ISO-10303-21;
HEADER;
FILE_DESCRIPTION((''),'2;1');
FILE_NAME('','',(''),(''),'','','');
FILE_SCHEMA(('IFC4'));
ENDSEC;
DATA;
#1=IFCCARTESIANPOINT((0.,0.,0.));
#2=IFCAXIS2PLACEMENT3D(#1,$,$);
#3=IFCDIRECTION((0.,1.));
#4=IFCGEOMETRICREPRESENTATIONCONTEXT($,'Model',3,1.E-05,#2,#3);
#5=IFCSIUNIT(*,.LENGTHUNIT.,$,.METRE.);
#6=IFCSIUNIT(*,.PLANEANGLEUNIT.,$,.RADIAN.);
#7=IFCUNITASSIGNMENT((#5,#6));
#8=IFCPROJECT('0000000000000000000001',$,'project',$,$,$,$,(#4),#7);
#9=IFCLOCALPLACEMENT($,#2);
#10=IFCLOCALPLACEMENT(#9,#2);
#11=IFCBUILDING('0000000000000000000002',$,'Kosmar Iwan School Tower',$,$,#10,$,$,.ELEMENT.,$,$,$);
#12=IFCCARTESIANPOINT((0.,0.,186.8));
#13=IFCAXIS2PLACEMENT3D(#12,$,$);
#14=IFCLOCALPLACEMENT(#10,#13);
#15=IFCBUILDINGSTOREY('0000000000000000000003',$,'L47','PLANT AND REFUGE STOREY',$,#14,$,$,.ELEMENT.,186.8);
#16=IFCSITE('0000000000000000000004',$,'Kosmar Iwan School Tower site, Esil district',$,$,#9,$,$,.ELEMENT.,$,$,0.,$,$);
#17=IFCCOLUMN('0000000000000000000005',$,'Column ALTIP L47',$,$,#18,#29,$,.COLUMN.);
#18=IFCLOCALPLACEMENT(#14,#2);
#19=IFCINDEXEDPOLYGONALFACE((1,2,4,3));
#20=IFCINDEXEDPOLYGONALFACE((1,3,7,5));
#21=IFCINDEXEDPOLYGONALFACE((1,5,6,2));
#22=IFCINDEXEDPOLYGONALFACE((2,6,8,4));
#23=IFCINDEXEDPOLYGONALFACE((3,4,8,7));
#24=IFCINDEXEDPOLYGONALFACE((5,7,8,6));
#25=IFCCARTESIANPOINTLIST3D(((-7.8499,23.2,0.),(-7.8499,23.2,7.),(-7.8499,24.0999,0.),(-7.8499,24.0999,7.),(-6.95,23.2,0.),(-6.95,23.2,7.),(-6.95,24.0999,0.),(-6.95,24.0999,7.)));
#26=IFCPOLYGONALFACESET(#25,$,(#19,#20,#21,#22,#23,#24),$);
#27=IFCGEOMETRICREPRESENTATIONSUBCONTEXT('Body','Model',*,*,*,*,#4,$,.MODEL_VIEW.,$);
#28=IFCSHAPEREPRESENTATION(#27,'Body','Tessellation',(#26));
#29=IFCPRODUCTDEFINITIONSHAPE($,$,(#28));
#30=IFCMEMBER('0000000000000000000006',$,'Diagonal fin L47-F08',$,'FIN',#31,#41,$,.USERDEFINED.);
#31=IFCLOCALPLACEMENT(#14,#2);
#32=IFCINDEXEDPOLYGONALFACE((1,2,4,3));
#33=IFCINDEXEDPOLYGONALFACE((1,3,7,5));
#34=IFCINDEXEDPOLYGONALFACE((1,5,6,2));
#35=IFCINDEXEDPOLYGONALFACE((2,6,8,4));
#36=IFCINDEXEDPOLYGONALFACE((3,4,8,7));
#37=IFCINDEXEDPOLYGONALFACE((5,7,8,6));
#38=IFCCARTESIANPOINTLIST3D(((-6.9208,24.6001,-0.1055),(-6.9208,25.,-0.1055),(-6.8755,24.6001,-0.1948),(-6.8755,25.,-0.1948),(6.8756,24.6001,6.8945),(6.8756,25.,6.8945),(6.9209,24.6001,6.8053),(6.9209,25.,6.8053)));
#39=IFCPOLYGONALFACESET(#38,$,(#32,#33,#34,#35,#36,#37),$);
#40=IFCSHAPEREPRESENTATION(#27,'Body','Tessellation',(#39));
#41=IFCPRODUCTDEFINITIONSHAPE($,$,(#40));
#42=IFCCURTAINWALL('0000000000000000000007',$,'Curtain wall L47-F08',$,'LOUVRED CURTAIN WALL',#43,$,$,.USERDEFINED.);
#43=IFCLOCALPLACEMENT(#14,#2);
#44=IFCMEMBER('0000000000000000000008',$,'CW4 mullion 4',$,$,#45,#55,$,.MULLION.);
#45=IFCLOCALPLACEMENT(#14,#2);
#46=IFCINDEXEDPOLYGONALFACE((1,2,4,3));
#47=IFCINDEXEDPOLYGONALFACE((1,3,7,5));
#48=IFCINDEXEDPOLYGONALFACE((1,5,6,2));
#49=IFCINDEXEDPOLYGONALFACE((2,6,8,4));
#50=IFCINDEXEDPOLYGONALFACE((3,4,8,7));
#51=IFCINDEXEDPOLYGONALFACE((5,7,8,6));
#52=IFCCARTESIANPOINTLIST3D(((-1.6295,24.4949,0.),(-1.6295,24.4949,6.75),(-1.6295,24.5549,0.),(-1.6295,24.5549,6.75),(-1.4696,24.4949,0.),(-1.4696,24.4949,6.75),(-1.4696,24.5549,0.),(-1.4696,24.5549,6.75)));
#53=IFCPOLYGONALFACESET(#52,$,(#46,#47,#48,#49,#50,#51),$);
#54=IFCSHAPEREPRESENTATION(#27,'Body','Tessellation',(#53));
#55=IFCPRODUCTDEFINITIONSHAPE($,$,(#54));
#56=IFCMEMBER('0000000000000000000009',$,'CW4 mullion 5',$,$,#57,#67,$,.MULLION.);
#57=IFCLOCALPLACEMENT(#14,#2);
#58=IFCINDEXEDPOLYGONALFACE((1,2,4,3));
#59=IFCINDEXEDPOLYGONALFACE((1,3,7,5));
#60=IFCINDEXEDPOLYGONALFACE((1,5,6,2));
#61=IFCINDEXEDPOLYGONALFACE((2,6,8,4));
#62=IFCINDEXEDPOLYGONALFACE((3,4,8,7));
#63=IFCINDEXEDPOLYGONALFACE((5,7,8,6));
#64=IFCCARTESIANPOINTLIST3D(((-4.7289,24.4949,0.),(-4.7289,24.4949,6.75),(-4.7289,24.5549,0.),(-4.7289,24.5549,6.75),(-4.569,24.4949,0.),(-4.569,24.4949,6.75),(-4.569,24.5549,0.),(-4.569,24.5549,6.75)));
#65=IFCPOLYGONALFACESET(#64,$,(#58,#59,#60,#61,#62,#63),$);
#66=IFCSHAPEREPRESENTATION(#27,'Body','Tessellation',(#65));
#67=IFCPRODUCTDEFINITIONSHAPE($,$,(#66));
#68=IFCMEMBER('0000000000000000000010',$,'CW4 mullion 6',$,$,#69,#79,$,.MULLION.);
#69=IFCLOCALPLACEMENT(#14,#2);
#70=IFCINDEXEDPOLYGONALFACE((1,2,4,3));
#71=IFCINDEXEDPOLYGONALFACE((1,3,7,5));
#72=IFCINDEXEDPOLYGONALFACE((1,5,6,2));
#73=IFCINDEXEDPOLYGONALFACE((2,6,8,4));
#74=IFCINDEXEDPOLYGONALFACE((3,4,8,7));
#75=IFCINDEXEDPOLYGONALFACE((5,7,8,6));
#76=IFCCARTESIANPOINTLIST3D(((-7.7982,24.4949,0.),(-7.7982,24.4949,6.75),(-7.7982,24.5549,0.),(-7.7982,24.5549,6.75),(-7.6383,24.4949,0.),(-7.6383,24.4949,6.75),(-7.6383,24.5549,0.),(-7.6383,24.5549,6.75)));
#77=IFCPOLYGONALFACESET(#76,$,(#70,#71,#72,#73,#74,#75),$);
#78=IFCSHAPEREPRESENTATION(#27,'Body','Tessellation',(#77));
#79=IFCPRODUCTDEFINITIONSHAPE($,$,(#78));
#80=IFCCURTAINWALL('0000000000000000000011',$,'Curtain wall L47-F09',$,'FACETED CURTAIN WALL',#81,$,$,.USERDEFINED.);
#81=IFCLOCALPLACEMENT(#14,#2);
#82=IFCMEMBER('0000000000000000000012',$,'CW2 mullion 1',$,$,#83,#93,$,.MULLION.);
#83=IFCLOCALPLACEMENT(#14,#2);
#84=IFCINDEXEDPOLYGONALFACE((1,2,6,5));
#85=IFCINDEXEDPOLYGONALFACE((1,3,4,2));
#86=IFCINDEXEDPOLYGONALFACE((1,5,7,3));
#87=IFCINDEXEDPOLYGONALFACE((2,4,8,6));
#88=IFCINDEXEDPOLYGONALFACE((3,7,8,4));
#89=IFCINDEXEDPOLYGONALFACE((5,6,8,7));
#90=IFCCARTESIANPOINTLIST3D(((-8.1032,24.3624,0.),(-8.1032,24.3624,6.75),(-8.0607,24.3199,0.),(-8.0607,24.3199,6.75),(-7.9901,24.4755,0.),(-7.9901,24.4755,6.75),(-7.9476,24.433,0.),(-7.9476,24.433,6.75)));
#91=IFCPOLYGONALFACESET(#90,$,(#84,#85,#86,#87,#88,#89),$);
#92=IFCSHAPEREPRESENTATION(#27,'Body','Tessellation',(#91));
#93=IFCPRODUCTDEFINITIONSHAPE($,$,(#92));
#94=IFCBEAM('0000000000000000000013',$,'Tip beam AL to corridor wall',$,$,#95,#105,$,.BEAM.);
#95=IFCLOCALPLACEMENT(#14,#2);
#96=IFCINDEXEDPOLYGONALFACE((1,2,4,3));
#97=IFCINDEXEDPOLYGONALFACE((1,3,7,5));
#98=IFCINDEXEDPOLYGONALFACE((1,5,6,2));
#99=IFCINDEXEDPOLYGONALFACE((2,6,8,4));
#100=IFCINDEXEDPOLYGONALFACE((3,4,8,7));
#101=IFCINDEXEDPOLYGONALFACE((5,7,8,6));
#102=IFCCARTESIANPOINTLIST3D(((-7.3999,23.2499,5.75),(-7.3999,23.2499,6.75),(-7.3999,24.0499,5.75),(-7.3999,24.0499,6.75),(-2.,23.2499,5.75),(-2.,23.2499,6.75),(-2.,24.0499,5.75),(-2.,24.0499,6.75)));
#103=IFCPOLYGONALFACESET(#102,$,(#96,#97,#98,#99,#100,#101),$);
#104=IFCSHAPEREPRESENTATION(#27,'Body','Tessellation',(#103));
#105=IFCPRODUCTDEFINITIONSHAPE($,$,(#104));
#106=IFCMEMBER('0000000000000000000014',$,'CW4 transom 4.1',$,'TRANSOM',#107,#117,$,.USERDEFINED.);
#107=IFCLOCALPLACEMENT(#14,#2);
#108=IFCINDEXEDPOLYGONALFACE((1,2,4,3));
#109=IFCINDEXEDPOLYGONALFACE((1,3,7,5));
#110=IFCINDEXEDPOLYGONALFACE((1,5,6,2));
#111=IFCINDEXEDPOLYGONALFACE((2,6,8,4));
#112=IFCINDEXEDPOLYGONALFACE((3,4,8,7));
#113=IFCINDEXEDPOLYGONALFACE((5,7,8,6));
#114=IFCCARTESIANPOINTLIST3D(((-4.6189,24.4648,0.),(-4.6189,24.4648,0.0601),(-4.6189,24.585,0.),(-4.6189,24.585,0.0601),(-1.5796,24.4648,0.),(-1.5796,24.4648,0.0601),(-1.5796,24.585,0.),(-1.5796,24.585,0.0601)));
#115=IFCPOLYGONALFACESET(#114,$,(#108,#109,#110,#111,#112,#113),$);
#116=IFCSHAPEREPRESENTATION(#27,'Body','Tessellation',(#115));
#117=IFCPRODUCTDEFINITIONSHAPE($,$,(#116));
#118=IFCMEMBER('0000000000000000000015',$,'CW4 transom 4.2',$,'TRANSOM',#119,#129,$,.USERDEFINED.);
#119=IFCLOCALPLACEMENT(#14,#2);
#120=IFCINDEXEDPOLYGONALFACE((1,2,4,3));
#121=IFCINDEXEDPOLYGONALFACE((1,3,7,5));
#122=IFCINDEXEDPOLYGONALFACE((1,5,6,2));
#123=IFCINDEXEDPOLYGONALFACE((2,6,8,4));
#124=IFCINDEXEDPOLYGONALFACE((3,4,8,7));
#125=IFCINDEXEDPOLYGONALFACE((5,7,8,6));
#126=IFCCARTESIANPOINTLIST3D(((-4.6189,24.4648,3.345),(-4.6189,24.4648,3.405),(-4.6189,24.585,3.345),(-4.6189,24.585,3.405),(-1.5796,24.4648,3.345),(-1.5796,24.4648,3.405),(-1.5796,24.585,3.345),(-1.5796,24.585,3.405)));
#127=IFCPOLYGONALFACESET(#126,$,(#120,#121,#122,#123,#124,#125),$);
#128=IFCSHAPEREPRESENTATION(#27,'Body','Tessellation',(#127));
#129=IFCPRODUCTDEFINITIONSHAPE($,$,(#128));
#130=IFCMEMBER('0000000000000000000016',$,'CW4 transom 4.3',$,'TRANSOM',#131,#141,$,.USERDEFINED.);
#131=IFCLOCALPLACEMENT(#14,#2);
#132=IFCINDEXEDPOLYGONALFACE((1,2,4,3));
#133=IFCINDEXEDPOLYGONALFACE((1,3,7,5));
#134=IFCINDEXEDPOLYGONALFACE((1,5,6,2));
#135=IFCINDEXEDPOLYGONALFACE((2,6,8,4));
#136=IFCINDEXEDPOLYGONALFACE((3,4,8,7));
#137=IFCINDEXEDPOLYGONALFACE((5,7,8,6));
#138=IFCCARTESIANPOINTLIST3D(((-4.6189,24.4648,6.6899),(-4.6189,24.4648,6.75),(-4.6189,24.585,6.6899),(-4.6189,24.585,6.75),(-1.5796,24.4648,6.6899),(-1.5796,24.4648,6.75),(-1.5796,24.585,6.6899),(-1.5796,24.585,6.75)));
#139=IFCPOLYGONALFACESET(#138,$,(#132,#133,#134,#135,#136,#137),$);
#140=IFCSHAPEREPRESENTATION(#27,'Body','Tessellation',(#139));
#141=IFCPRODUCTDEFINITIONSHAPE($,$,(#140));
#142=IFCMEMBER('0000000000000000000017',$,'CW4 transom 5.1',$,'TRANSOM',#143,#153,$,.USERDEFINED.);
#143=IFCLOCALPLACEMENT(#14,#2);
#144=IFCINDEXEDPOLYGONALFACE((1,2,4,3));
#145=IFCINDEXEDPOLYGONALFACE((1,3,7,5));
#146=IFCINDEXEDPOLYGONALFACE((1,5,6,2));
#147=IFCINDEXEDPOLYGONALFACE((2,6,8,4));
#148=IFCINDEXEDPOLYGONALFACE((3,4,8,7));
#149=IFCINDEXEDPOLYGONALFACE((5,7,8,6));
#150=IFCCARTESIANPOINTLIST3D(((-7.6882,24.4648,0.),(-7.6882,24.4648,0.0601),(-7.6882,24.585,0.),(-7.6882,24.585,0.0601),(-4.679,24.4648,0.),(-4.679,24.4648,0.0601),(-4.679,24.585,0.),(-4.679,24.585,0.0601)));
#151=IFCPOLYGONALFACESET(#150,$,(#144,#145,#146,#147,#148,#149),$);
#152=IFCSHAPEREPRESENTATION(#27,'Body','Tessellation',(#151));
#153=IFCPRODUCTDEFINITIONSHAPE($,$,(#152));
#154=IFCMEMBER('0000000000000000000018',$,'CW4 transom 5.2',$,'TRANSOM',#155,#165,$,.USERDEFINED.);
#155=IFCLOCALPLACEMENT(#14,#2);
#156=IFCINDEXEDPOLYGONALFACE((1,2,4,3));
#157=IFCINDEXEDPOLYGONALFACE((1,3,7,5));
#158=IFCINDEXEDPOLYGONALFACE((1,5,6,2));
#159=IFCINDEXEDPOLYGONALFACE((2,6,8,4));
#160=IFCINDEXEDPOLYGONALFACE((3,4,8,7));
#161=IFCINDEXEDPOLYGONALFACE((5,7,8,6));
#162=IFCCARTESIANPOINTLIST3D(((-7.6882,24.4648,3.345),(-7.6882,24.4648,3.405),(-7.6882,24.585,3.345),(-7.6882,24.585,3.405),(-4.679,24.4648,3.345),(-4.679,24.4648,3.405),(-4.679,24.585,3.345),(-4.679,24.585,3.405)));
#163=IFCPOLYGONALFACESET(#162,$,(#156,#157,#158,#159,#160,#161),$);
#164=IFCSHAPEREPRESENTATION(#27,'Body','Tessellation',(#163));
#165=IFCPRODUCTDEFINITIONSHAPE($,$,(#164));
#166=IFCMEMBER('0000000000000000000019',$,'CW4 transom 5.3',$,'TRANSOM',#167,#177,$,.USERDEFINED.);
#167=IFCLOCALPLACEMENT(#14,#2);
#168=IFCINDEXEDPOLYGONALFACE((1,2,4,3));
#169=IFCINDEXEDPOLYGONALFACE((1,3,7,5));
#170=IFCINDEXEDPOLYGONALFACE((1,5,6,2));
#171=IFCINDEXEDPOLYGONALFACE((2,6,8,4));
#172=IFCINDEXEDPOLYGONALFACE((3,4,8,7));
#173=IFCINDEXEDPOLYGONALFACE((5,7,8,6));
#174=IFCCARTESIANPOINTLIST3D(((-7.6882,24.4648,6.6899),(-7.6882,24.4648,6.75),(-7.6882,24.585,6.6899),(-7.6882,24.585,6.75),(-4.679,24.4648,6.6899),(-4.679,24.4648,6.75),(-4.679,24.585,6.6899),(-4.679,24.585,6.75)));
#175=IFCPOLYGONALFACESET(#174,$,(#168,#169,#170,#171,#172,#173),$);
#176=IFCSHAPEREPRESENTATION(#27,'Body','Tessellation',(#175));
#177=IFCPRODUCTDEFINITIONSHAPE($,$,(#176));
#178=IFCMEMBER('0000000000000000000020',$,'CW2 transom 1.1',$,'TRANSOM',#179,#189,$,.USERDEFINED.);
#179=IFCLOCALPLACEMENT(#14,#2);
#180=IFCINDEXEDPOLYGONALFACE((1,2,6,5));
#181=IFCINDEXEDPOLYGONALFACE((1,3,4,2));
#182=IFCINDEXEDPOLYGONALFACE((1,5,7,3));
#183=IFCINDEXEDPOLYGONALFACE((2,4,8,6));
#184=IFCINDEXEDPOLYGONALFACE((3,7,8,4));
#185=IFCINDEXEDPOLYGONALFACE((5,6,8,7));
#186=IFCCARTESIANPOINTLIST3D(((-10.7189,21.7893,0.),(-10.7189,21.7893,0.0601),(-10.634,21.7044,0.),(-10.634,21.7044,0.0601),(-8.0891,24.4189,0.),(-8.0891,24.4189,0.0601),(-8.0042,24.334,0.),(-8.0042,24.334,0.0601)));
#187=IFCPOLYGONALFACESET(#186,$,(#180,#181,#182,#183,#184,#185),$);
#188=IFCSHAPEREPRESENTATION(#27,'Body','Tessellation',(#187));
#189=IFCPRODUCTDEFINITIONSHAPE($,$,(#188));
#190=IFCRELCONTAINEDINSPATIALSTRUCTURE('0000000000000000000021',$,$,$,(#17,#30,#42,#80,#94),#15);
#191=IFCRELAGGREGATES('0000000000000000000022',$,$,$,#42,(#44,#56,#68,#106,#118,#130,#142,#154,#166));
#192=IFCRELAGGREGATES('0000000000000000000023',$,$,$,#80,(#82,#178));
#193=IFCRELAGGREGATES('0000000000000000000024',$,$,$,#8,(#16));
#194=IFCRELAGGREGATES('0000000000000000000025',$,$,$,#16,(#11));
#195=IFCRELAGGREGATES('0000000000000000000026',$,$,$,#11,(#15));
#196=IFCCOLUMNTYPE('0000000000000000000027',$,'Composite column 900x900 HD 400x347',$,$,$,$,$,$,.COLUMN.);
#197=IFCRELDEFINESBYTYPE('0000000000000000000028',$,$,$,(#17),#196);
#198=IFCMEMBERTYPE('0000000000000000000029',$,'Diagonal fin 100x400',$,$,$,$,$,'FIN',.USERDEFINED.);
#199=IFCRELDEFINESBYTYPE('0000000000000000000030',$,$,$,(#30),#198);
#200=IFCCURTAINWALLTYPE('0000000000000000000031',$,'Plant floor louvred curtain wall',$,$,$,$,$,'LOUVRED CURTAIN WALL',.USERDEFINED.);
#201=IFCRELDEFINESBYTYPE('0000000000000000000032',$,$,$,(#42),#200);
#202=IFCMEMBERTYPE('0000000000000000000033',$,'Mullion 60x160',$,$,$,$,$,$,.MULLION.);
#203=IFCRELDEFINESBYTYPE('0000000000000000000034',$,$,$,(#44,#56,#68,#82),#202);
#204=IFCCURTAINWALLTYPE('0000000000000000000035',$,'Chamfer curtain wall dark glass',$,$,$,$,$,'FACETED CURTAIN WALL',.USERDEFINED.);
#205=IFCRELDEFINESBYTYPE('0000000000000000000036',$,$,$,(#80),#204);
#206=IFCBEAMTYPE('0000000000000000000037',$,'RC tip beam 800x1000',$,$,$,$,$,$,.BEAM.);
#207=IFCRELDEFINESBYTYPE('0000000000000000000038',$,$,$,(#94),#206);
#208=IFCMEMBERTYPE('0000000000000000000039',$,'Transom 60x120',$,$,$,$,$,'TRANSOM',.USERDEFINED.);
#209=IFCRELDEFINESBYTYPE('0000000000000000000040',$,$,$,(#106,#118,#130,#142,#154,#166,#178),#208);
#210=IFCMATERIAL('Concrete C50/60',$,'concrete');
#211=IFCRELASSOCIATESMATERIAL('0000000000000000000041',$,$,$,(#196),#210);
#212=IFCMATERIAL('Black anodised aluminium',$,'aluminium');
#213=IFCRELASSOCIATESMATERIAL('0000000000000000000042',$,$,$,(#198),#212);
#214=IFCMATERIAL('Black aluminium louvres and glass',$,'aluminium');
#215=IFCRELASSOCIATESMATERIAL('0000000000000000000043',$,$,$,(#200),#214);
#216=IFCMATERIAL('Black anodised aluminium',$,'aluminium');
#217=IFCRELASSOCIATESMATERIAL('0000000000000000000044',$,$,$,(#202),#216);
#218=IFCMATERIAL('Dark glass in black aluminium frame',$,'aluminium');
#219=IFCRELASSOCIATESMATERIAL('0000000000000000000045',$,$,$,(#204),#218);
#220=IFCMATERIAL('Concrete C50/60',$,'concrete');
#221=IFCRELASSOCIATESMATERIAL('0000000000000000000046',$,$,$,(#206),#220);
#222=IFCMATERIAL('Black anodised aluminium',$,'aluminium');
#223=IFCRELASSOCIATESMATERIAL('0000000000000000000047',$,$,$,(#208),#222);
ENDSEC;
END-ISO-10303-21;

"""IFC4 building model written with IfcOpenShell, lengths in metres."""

from ifc_helpers import new_model, si_unit, direction, frame, origin, origin_2d, place, context, subcontext, project, spatial, rectangle, extrude, material, material_profile, profile_set, type_object, element, aggregate, save


model = new_model("IFC4")

# Units and contexts
model_context = context("Model", 3, precision=1e-05, world=origin(), true_north=direction((0.0, 1.0)))
body_context = subcontext(model_context, "Body", "Model", "MODEL_VIEW")
ifc_project = project(units=[si_unit("LENGTHUNIT", "METRE"), si_unit("PLANEANGLEUNIT", "RADIAN")], contexts=[model_context])

# Site, building, storey
site_placement = place(None, origin())
site = spatial("IfcSite", under=ifc_project, at=site_placement, Name="Kosmar Iwan School Tower site, Esil district", CompositionType="ELEMENT", RefElevation=0.0)
building_placement = place(site_placement, origin())
building = spatial("IfcBuilding", under=site, at=building_placement, Name="Kosmar Iwan School Tower", CompositionType="ELEMENT")
storey_placement = place(building_placement, frame((0.0, 0.0, 186.8)))
storey = spatial("IfcBuildingStorey", under=building, at=storey_placement, Name="L47", Description="PLANT AND REFUGE STOREY", CompositionType="ELEMENT", Elevation=186.8)

# Column
ifc_material_1 = material(Name="Concrete C50/60", Category="concrete")
ifc_material_profile_1 = material_profile(ifc_material_1, rectangle(XDim=0.8999, YDim=0.8999, at=origin_2d()), Name="RC 900x900 + HD 400x347")
ifc_profile_set_1 = profile_set([ifc_material_profile_1], Name="Concrete C50/60")
column_type = type_object("IfcColumnType", Name="Composite column 900x900 HD 400x347", PredefinedType="COLUMN", material=ifc_profile_set_1)
column_placement = place(storey_placement, frame((-7.3999, 23.6499, 0.0), z_axis=(0.0, 0.0, 1.0), x_axis=(0.0, 1.0, 0.0)))
element("IfcColumn", 1, at=column_placement, inside=storey, type_object=column_type, Name="Column ALTIP L47", PredefinedType="COLUMN", context=body_context, shape_type="SweptSolid", body=[
    extrude(rectangle(XDim=0.8999, YDim=0.8999, at=origin_2d()), origin(), (0.0, 0.0, 1.0), 7.0),
])

# Member
ifc_material_2 = material(Name="Black anodised aluminium", Category="aluminium")
ifc_material_profile_2 = material_profile(ifc_material_2, rectangle(XDim=0.1001, YDim=0.3999, at=origin_2d()), Name="FIN 100x400")
ifc_profile_set_2 = profile_set([ifc_material_profile_2], Name="Black anodised aluminium")
member_type_1 = type_object("IfcMemberType", Name="Diagonal fin 100x400", ElementType="FIN", PredefinedType="USERDEFINED", material=ifc_profile_set_2)
member_1_placement = place(storey_placement, frame((-6.8982, 24.8, -0.1501), z_axis=(0.891779, 0.0, 0.45247), x_axis=(-0.45247, 0.0, 0.891779)))
element("IfcMember", 2, at=member_1_placement, inside=storey, type_object=member_type_1, Name="Diagonal fin L47-F08", ObjectType="FIN", PredefinedType="USERDEFINED", context=body_context, shape_type="SweptSolid", body=[
    extrude(rectangle(XDim=0.1001, YDim=0.3999, at=origin_2d()), origin(), (0.0, 0.0, 1.0), 15.4707),
])

# Curtain wall, members
ifc_material_3 = material(Name="Black aluminium louvres and glass", Category="aluminium")
curtain_wall_type_1 = type_object("IfcCurtainWallType", Name="Plant floor louvred curtain wall", ElementType="LOUVRED CURTAIN WALL", PredefinedType="USERDEFINED", material=ifc_material_3)
curtain_wall_1_placement = place(storey_placement, origin())
curtain_wall_1 = element("IfcCurtainWall", 3, at=curtain_wall_1_placement, inside=storey, type_object=curtain_wall_type_1, Name="Curtain wall L47-F08", ObjectType="LOUVRED CURTAIN WALL", PredefinedType="USERDEFINED")
ifc_material_4 = material(Name="Black anodised aluminium", Category="aluminium")
ifc_material_profile_3 = material_profile(ifc_material_4, rectangle(XDim=0.0601, YDim=0.1599, at=origin_2d()), Name="MULLION 60x160")
ifc_profile_set_3 = profile_set([ifc_material_profile_3], Name="Black anodised aluminium")
member_type_2 = type_object("IfcMemberType", Name="Mullion 60x160", PredefinedType="MULLION", material=ifc_profile_set_3)
member_2_placement = place(storey_placement, frame((-1.5496, 24.5249, 0.0), z_axis=(0.0, 0.0, 1.0), x_axis=(0.0, -1.0, 0.0)))
member_2 = element("IfcMember", 4, at=member_2_placement, type_object=member_type_2, Name="CW4 mullion 4", PredefinedType="MULLION", context=body_context, shape_type="SweptSolid", body=[
    extrude(rectangle(XDim=0.0601, YDim=0.1599, at=origin_2d()), origin(), (0.0, 0.0, 1.0), 6.75),
])
member_3_placement = place(storey_placement, frame((-4.6489, 24.5249, 0.0), z_axis=(0.0, 0.0, 1.0), x_axis=(0.0, -1.0, 0.0)))
member_3 = element("IfcMember", 5, at=member_3_placement, type_object=member_type_2, Name="CW4 mullion 5", PredefinedType="MULLION", context=body_context, shape_type="SweptSolid", body=[
    extrude(rectangle(XDim=0.0601, YDim=0.1599, at=origin_2d()), origin(), (0.0, 0.0, 1.0), 6.75),
])
member_4_placement = place(storey_placement, frame((-7.7183, 24.5249, 0.0), z_axis=(0.0, 0.0, 1.0), x_axis=(0.0, -1.0, 0.0)))
member_4 = element("IfcMember", 6, at=member_4_placement, type_object=member_type_2, Name="CW4 mullion 6", PredefinedType="MULLION", context=body_context, shape_type="SweptSolid", body=[
    extrude(rectangle(XDim=0.0601, YDim=0.1599, at=origin_2d()), origin(), (0.0, 0.0, 1.0), 6.75),
])

# Curtain wall, member
ifc_material_5 = material(Name="Dark glass in black aluminium frame", Category="aluminium")
curtain_wall_type_2 = type_object("IfcCurtainWallType", Name="Chamfer curtain wall dark glass", ElementType="FACETED CURTAIN WALL", PredefinedType="USERDEFINED", material=ifc_material_5)
curtain_wall_2_placement = place(storey_placement, origin())
curtain_wall_2 = element("IfcCurtainWall", 7, at=curtain_wall_2_placement, inside=storey, type_object=curtain_wall_type_2, Name="Curtain wall L47-F09", ObjectType="FACETED CURTAIN WALL", PredefinedType="USERDEFINED")
member_5_placement = place(storey_placement, frame((-8.0254, 24.3977, 0.0), z_axis=(0.0, 0.0, 1.0), x_axis=(0.707107, -0.707107, 0.0)))
member_5 = element("IfcMember", 8, at=member_5_placement, type_object=member_type_2, Name="CW2 mullion 1", PredefinedType="MULLION", context=body_context, shape_type="SweptSolid", body=[
    extrude(rectangle(XDim=0.0601, YDim=0.1599, at=origin_2d()), origin(), (0.0, 0.0, 1.0), 6.75),
])

# Beam
ifc_material_6 = material(Name="Concrete C50/60", Category="concrete")
ifc_material_profile_4 = material_profile(ifc_material_6, rectangle(XDim=0.8, YDim=1.0, at=origin_2d()), Name="RC 800x1000")
ifc_profile_set_4 = profile_set([ifc_material_profile_4], Name="Concrete C50/60")
beam_type = type_object("IfcBeamType", Name="RC tip beam 800x1000", PredefinedType="BEAM", material=ifc_profile_set_4)
beam_placement = place(storey_placement, frame((-7.3999, 23.6499, 6.25), z_axis=(1.0, 0.0, 0.0), x_axis=(0.0, 1.0, 0.0)))
element("IfcBeam", 9, at=beam_placement, inside=storey, type_object=beam_type, Name="Tip beam AL to corridor wall", PredefinedType="BEAM", context=body_context, shape_type="SweptSolid", body=[
    extrude(rectangle(XDim=0.8, YDim=1.0, at=origin_2d()), origin(), (0.0, 0.0, 1.0), 5.3999),
])

# Members
ifc_material_7 = material(Name="Black anodised aluminium", Category="aluminium")
ifc_material_profile_5 = material_profile(ifc_material_7, rectangle(XDim=0.1201, YDim=0.0601, at=origin_2d()), Name="TRANSOM 60x120")
ifc_profile_set_5 = profile_set([ifc_material_profile_5], Name="Black anodised aluminium")
member_type_3 = type_object("IfcMemberType", Name="Transom 60x120", ElementType="TRANSOM", PredefinedType="USERDEFINED", material=ifc_profile_set_5)
member_6_placement = place(storey_placement, frame((-1.5796, 24.5249, 0.03), z_axis=(-1.0, 0.0, 0.0), x_axis=(0.0, -1.0, 0.0)))
member_6 = element("IfcMember", 10, at=member_6_placement, type_object=member_type_3, Name="CW4 transom 4.1", ObjectType="TRANSOM", PredefinedType="USERDEFINED", context=body_context, shape_type="SweptSolid", body=[
    extrude(rectangle(XDim=0.1201, YDim=0.0601, at=origin_2d()), origin(), (0.0, 0.0, 1.0), 3.0393),
])
member_7_placement = place(storey_placement, frame((-1.5796, 24.5249, 3.375), z_axis=(-1.0, 0.0, 0.0), x_axis=(0.0, -1.0, 0.0)))
member_7 = element("IfcMember", 11, at=member_7_placement, type_object=member_type_3, Name="CW4 transom 4.2", ObjectType="TRANSOM", PredefinedType="USERDEFINED", context=body_context, shape_type="SweptSolid", body=[
    extrude(rectangle(XDim=0.1201, YDim=0.0601, at=origin_2d()), origin(), (0.0, 0.0, 1.0), 3.0393),
])
member_8_placement = place(storey_placement, frame((-1.5796, 24.5249, 6.72), z_axis=(-1.0, 0.0, 0.0), x_axis=(0.0, -1.0, 0.0)))
member_8 = element("IfcMember", 12, at=member_8_placement, type_object=member_type_3, Name="CW4 transom 4.3", ObjectType="TRANSOM", PredefinedType="USERDEFINED", context=body_context, shape_type="SweptSolid", body=[
    extrude(rectangle(XDim=0.1201, YDim=0.0601, at=origin_2d()), origin(), (0.0, 0.0, 1.0), 3.0393),
])
member_9_placement = place(storey_placement, frame((-4.679, 24.5249, 0.03), z_axis=(-1.0, 0.0, 0.0), x_axis=(0.0, -1.0, 0.0)))
member_9 = element("IfcMember", 13, at=member_9_placement, type_object=member_type_3, Name="CW4 transom 5.1", ObjectType="TRANSOM", PredefinedType="USERDEFINED", context=body_context, shape_type="SweptSolid", body=[
    extrude(rectangle(XDim=0.1201, YDim=0.0601, at=origin_2d()), origin(), (0.0, 0.0, 1.0), 3.0093),
])
member_10_placement = place(storey_placement, frame((-4.679, 24.5249, 3.375), z_axis=(-1.0, 0.0, 0.0), x_axis=(0.0, -1.0, 0.0)))
member_10 = element("IfcMember", 14, at=member_10_placement, type_object=member_type_3, Name="CW4 transom 5.2", ObjectType="TRANSOM", PredefinedType="USERDEFINED", context=body_context, shape_type="SweptSolid", body=[
    extrude(rectangle(XDim=0.1201, YDim=0.0601, at=origin_2d()), origin(), (0.0, 0.0, 1.0), 3.0093),
])
member_11_placement = place(storey_placement, frame((-4.679, 24.5249, 6.72), z_axis=(-1.0, 0.0, 0.0), x_axis=(0.0, -1.0, 0.0)))
member_11 = element("IfcMember", 15, at=member_11_placement, type_object=member_type_3, Name="CW4 transom 5.3", ObjectType="TRANSOM", PredefinedType="USERDEFINED", context=body_context, shape_type="SweptSolid", body=[
    extrude(rectangle(XDim=0.1201, YDim=0.0601, at=origin_2d()), origin(), (0.0, 0.0, 1.0), 3.0093),
])
member_12_placement = place(storey_placement, frame((-8.0466, 24.3765, 0.03), z_axis=(-0.70714, -0.707074, 0.0), x_axis=(0.707074, -0.70714, 0.0)))
member_12 = element("IfcMember", 16, at=member_12_placement, type_object=member_type_3, Name="CW2 transom 1.1", ObjectType="TRANSOM", PredefinedType="USERDEFINED", context=body_context, shape_type="SweptSolid", body=[
    extrude(rectangle(XDim=0.1201, YDim=0.0601, at=origin_2d()), origin(), (0.0, 0.0, 1.0), 3.719),
])

aggregate(curtain_wall_1, [member_2, member_3, member_4, member_6, member_7, member_8, member_9, member_10, member_11])
aggregate(curtain_wall_2, [member_5, member_12])

save(model, "model.ifc")
